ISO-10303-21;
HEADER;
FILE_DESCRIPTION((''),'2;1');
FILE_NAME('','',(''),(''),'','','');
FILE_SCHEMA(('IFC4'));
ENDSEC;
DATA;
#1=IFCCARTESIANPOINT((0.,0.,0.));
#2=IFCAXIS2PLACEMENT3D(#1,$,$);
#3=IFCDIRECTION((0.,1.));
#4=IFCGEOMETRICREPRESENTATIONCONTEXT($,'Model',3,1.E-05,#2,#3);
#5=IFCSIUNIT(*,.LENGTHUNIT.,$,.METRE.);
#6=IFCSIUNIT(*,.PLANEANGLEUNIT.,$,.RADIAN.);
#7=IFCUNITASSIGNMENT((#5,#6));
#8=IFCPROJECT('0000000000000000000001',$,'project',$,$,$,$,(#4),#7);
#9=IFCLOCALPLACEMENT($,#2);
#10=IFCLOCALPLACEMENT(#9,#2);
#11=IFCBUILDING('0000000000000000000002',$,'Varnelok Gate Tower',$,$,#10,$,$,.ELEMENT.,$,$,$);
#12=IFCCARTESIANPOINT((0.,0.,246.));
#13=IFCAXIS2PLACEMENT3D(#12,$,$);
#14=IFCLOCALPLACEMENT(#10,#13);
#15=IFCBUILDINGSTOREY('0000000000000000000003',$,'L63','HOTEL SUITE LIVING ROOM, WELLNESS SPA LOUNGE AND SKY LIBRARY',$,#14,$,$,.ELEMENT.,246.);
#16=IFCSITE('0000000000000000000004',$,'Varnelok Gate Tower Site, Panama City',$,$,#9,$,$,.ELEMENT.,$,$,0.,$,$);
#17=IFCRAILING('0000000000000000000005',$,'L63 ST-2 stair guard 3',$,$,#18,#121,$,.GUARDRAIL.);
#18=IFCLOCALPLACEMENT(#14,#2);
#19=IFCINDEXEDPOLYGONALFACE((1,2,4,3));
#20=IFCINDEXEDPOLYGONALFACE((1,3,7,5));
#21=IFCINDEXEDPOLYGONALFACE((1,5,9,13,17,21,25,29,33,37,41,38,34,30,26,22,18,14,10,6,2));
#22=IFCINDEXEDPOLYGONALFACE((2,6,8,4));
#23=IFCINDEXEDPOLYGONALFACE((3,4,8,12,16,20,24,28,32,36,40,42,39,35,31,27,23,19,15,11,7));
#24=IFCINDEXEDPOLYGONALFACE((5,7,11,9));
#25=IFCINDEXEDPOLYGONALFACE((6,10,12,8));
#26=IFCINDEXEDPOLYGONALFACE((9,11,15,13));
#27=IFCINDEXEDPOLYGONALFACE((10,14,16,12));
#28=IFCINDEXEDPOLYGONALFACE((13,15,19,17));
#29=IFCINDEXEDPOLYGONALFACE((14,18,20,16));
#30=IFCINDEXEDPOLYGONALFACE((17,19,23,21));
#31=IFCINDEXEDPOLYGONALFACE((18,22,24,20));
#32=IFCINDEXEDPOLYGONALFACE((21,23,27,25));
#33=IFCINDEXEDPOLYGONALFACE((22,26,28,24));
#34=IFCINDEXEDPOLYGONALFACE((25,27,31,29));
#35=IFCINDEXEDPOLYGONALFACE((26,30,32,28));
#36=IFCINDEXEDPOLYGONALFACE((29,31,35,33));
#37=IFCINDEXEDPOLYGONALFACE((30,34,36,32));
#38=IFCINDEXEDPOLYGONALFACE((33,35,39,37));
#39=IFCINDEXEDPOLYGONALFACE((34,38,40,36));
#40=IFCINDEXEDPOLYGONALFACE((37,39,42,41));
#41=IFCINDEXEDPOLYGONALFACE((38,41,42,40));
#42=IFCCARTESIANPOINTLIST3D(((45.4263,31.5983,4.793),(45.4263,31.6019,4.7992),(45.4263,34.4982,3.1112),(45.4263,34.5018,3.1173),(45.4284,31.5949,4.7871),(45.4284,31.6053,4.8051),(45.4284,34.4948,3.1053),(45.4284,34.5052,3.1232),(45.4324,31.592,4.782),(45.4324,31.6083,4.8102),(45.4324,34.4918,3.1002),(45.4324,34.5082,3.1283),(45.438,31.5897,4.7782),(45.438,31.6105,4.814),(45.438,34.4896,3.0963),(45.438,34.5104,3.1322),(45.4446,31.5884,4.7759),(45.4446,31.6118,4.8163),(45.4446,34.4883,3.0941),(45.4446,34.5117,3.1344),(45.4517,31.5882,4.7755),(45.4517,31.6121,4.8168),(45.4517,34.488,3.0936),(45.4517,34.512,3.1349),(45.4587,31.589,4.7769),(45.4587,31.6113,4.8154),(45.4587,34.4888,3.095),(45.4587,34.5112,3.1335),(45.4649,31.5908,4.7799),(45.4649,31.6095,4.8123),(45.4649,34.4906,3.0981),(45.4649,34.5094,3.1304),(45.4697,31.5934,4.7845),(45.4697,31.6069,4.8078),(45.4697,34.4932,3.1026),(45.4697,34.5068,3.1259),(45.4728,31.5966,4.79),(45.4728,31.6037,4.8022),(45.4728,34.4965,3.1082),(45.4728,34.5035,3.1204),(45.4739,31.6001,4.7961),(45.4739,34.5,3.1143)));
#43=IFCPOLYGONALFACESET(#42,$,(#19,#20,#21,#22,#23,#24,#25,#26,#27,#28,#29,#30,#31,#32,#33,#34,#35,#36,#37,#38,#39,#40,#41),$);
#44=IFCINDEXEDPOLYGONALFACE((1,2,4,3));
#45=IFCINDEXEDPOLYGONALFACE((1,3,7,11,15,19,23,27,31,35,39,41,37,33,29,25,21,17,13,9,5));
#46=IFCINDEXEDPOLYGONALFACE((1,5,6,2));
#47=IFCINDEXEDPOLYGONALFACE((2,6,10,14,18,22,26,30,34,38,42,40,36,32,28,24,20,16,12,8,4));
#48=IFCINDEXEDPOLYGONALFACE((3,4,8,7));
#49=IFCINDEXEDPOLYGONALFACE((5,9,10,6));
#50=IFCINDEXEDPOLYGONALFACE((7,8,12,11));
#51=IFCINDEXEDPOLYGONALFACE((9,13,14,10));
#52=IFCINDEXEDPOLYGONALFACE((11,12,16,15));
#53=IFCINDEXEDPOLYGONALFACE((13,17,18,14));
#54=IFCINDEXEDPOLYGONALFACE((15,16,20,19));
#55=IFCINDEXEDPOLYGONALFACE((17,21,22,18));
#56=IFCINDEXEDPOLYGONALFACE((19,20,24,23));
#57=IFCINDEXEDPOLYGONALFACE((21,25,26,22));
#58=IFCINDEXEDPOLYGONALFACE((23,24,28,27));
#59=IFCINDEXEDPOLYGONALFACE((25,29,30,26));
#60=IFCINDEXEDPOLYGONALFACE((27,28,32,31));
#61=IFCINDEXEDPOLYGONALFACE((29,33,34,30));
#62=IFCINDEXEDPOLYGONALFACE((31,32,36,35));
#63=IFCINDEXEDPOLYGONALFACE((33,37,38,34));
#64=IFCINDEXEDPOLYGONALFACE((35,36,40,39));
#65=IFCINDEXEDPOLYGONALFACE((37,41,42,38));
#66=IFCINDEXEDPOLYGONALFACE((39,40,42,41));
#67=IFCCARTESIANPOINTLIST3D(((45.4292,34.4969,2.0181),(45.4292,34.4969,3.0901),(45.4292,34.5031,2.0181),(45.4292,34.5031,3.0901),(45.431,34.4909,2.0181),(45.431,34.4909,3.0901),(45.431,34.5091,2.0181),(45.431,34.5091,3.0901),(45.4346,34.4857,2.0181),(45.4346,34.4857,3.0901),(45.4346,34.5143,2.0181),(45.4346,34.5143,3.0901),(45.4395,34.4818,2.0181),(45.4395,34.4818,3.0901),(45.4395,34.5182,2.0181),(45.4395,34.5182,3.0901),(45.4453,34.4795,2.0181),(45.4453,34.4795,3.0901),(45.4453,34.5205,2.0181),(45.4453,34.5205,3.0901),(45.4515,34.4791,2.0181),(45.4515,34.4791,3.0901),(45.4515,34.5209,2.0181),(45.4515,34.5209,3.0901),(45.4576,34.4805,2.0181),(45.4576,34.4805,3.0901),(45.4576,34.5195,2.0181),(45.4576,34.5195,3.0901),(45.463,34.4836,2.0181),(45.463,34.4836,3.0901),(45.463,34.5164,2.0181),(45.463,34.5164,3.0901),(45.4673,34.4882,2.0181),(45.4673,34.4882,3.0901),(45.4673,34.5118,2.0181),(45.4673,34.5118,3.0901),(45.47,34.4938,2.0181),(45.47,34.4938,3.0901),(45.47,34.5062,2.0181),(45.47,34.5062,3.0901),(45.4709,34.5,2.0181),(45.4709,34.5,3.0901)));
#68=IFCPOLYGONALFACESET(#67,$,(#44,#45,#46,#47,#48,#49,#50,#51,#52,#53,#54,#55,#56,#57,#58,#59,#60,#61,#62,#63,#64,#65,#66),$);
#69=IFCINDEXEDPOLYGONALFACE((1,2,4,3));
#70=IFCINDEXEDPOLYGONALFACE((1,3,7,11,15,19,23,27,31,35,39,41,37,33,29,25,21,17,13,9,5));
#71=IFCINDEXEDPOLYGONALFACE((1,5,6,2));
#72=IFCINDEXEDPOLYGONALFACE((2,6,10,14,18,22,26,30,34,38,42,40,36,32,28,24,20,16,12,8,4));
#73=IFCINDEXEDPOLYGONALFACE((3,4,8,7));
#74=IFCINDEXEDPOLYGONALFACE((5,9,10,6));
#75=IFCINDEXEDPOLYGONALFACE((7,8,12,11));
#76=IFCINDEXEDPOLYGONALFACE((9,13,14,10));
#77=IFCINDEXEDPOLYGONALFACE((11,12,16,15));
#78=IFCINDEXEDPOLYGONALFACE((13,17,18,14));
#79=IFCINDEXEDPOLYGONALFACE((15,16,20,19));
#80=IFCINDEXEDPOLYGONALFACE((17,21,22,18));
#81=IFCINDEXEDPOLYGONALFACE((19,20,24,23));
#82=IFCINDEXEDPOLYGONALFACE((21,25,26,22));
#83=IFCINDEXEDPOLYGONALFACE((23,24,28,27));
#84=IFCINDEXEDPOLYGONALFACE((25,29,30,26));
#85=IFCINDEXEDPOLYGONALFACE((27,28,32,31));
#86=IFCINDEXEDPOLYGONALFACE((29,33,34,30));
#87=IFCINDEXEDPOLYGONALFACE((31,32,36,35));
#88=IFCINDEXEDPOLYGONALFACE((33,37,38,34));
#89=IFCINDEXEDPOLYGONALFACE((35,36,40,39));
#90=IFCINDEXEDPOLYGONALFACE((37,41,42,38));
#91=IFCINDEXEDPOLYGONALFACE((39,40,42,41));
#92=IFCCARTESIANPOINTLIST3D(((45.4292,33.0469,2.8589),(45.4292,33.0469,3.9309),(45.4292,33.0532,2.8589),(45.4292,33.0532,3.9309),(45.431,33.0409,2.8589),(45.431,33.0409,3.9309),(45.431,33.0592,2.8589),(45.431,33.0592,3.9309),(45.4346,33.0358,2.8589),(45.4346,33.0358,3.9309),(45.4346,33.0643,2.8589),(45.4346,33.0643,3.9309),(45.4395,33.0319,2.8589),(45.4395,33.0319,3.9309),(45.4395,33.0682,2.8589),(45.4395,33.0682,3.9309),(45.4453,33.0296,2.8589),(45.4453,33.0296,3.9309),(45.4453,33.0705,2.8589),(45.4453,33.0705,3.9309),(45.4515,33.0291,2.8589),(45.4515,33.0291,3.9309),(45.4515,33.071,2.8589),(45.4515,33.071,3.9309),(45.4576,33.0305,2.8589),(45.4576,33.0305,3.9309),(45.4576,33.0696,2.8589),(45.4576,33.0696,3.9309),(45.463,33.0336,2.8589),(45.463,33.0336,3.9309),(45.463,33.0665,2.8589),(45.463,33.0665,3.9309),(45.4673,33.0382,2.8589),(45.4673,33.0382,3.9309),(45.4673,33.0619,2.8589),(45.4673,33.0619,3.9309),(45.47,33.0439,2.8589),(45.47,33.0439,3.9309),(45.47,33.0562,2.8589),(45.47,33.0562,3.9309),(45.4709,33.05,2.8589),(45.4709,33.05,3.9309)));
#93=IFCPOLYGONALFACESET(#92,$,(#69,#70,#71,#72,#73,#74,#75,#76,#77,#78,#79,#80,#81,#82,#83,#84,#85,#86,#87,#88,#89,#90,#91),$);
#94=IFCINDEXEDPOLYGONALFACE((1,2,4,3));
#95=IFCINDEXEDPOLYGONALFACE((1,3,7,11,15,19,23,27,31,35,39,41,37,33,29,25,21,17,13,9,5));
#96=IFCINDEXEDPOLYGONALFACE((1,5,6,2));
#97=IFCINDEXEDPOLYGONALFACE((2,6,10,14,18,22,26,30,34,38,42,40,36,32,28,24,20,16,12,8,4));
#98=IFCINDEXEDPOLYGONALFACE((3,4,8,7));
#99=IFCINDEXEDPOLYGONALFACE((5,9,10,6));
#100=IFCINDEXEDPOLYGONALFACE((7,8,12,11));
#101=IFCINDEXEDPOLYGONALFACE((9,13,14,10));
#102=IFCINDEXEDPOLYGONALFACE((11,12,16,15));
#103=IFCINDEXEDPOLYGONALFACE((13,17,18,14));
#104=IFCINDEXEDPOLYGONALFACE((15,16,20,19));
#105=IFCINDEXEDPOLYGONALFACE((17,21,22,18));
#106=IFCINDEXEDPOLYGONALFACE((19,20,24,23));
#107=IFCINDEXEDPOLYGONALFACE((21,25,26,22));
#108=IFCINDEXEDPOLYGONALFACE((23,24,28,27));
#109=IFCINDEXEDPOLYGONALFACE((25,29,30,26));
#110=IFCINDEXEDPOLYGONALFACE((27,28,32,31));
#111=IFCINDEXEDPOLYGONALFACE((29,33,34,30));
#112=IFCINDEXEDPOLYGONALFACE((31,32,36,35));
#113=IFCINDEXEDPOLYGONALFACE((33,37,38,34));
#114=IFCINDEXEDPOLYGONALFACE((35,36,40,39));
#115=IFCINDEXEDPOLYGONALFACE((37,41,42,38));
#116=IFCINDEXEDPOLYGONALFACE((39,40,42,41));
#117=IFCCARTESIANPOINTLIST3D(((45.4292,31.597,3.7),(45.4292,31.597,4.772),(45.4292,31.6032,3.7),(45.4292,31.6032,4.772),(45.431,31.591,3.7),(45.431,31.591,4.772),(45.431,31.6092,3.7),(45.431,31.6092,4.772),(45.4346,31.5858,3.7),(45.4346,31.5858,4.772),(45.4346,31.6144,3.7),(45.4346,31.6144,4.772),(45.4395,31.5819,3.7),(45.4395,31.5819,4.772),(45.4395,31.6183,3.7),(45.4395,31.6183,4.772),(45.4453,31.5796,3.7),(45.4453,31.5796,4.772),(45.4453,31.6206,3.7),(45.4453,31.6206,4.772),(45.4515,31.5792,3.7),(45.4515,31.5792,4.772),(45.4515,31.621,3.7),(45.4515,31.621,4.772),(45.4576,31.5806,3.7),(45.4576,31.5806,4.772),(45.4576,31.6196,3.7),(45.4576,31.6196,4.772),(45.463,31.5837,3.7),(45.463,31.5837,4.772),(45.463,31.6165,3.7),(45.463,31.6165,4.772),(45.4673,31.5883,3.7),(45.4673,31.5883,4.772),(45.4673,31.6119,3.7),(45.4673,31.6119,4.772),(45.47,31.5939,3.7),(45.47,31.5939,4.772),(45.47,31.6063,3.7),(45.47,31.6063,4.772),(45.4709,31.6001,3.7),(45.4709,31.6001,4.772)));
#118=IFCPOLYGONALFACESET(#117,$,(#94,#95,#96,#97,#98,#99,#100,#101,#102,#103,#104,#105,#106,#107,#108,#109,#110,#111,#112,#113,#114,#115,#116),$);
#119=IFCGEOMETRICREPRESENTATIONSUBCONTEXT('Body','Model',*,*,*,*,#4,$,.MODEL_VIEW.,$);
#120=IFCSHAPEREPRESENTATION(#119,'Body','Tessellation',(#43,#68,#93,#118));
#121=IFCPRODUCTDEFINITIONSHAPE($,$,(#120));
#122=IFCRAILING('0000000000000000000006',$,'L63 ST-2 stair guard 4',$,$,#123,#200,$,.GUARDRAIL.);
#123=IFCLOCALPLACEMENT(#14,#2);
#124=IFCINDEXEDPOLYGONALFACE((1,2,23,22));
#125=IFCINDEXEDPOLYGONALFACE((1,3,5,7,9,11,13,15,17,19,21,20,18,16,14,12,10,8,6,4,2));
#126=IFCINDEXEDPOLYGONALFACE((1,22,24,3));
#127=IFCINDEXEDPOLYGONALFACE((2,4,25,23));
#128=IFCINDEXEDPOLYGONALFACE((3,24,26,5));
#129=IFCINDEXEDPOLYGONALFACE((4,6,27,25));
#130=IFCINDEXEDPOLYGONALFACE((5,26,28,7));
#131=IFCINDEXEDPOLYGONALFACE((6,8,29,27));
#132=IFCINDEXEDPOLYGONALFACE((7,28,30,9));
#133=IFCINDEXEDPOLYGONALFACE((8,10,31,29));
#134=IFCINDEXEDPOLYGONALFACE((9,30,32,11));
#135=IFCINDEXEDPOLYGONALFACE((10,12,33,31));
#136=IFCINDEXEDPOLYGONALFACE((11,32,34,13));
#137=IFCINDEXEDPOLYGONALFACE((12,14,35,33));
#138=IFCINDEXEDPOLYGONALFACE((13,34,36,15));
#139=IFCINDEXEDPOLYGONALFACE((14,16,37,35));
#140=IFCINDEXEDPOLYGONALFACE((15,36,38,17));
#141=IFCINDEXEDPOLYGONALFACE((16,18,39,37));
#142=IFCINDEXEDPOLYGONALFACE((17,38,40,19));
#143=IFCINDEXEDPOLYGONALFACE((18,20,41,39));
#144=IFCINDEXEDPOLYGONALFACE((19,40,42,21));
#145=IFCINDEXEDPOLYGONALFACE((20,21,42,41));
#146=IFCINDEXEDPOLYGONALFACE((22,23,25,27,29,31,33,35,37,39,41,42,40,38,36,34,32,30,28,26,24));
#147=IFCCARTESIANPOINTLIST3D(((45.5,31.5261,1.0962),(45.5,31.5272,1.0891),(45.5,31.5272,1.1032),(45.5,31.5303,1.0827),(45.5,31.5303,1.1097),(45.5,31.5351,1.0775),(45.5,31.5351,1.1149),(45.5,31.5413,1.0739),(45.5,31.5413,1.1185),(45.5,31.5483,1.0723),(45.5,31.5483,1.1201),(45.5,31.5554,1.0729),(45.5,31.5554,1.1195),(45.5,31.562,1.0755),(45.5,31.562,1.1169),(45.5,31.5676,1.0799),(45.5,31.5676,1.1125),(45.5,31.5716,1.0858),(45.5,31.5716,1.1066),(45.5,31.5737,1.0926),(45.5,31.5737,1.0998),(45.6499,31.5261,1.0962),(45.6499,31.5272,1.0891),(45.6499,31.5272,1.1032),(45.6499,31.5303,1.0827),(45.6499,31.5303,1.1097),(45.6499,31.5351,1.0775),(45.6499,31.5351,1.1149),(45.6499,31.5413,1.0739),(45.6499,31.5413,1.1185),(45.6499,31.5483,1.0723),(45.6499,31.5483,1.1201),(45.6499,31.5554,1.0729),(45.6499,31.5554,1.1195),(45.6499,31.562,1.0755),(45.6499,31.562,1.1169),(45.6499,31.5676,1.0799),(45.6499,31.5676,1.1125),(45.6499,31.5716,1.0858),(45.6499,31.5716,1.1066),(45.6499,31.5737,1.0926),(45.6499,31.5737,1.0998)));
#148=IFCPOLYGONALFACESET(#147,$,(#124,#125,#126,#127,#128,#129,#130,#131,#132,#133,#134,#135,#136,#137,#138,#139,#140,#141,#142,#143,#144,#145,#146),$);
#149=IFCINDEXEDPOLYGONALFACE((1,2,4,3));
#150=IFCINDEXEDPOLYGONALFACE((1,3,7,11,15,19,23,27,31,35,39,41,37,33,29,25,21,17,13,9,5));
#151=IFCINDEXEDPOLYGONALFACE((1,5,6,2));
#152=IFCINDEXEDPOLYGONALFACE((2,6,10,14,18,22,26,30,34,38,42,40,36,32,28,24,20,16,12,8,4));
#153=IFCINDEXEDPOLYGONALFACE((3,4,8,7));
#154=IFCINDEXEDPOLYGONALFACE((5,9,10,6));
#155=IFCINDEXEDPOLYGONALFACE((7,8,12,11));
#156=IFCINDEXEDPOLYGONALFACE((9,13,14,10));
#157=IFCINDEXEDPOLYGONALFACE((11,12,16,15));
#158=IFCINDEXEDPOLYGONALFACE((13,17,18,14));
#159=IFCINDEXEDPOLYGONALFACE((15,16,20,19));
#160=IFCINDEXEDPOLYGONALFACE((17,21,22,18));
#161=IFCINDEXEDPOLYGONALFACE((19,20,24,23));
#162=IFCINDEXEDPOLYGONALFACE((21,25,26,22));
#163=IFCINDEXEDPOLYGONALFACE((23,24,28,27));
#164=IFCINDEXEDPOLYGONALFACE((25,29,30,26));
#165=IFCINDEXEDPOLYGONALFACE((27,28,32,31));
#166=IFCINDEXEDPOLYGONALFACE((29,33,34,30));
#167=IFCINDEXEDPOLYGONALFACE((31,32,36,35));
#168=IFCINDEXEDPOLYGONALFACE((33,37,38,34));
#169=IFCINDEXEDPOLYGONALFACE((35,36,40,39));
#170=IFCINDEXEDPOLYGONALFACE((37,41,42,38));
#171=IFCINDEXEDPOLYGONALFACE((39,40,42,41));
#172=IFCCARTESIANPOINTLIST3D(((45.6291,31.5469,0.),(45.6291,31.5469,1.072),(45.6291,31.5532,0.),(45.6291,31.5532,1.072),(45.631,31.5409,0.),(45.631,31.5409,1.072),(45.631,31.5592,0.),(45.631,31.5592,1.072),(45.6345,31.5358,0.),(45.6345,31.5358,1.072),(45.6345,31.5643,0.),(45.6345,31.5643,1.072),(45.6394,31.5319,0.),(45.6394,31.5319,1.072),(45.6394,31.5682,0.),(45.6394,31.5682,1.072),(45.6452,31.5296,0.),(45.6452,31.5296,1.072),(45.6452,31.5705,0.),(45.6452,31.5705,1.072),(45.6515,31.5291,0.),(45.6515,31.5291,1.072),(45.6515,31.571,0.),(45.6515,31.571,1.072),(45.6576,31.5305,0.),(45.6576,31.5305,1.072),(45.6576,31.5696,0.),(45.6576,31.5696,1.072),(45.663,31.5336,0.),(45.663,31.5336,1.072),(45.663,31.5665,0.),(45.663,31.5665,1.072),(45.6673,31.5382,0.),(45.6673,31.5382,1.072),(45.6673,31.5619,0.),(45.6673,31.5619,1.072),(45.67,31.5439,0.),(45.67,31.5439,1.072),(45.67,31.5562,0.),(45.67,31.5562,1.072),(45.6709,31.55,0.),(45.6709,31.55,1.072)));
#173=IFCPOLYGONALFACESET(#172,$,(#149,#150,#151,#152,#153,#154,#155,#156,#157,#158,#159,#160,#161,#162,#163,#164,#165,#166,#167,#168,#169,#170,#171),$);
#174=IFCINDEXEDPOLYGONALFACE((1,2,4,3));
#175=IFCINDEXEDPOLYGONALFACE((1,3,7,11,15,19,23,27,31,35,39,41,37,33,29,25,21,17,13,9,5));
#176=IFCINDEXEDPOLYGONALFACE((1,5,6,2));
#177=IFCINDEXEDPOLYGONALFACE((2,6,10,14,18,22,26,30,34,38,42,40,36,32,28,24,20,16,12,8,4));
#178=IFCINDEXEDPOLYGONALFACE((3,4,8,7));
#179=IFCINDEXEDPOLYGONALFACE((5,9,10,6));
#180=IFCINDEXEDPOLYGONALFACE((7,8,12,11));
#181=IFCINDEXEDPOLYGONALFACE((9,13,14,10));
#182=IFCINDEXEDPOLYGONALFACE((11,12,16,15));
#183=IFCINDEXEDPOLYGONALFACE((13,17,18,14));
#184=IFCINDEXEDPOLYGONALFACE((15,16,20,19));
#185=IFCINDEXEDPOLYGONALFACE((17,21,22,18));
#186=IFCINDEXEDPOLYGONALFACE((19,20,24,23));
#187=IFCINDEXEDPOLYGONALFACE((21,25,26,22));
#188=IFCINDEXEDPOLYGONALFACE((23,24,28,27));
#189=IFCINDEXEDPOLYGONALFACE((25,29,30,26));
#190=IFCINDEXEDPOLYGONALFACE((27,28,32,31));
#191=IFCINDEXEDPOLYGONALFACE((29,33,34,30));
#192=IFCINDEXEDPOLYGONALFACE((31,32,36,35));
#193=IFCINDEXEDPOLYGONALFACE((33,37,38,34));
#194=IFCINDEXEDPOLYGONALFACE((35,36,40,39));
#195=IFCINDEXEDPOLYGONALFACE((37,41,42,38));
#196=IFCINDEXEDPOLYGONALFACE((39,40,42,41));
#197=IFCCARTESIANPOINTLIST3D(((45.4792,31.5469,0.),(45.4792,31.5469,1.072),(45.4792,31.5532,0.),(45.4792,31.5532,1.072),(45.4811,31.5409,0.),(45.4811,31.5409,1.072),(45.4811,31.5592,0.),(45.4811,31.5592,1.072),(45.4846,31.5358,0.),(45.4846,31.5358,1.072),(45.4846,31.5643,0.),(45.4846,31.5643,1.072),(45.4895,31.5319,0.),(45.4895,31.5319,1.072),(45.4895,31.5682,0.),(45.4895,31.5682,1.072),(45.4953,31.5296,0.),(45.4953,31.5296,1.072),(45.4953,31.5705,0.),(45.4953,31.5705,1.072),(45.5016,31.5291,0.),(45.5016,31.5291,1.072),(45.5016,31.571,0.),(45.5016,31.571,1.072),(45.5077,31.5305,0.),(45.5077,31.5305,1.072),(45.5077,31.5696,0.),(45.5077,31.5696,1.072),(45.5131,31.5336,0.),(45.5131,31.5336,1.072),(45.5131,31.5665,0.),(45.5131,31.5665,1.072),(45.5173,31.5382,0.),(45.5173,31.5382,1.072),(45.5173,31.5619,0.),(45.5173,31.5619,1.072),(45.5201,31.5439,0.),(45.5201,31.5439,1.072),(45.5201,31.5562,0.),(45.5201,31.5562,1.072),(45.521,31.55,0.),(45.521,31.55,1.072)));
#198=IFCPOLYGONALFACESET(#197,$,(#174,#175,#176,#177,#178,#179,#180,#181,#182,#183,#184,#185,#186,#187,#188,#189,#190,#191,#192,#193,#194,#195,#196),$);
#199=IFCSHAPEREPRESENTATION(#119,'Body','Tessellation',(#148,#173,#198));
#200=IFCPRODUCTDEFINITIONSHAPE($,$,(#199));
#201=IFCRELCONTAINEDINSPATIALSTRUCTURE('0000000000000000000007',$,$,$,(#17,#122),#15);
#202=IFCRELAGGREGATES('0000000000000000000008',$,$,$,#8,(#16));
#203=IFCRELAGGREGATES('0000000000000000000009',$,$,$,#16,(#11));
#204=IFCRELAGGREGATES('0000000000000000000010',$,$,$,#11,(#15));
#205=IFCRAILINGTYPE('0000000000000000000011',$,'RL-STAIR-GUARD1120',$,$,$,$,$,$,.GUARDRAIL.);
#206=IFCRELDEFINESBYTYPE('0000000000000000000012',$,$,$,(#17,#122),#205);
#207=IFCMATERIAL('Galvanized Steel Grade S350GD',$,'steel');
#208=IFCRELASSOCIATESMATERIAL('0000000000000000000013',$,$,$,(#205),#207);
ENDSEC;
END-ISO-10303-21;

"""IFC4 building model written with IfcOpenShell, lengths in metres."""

from ifc_helpers import new_model, si_unit, direction, frame, origin, origin_2d, place, context, subcontext, project, spatial, circle, extrude, material, type_object, element, save


model = new_model("IFC4")

# Units and contexts
model_context = context("Model", 3, precision=1e-05, world=origin(), true_north=direction((0.0, 1.0)))
body_context = subcontext(model_context, "Body", "Model", "MODEL_VIEW")
ifc_project = project(units=[si_unit("LENGTHUNIT", "METRE"), si_unit("PLANEANGLEUNIT", "RADIAN")], contexts=[model_context])

# Site, building, storey
site_placement = place(None, origin())
site = spatial("IfcSite", under=ifc_project, at=site_placement, Name="Varnelok Gate Tower Site, Panama City", CompositionType="ELEMENT", RefElevation=0.0)
building_placement = place(site_placement, origin())
building = spatial("IfcBuilding", under=site, at=building_placement, Name="Varnelok Gate Tower", CompositionType="ELEMENT")
storey_placement = place(building_placement, frame((0.0, 0.0, 246.0)))
storey = spatial("IfcBuildingStorey", under=building, at=storey_placement, Name="L63", Description="HOTEL SUITE LIVING ROOM, WELLNESS SPA LOUNGE AND SKY LIBRARY", CompositionType="ELEMENT", Elevation=246.0)

# Shared definitions
ifc_material_1 = material(Name="Galvanized Steel Grade S350GD", Category="steel")

# Railings
railing_type_1 = type_object("IfcRailingType", Name="RL-STAIR-GUARD1120", PredefinedType="GUARDRAIL", material=ifc_material_1)
railing_1_placement = place(storey_placement, frame((45.45, 34.5, 2.0181)))
element("IfcRailing", 1, at=railing_1_placement, inside=storey, type_object=railing_type_1, Name="L63 ST-2 stair guard 3", PredefinedType="GUARDRAIL", context=body_context, shape_type="SweptSolid", body=[
    extrude(circle(Radius=0.0239, at=origin_2d()), frame((0.0, 0.0, 1.0962), z_axis=(0.0, -0.865039, 0.501705), x_axis=(1.0, 0.0, 0.0)), (0.0, 0.0, 1.0), 3.3523),
    extrude(circle(Radius=0.021, at=origin_2d()), origin(), (0.0, 0.0, 1.0), 1.072),
    extrude(circle(Radius=0.021, at=origin_2d()), frame((0.0, -1.45, 0.8408)), (0.0, 0.0, 1.0), 1.072),
    extrude(circle(Radius=0.021, at=origin_2d()), frame((0.0, -2.8999, 1.6819)), (0.0, 0.0, 1.0), 1.072),
])
railing_2_placement = place(storey_placement, frame((45.6499, 31.55, 0.0)))
element("IfcRailing", 2, at=railing_2_placement, inside=storey, type_object=railing_type_1, Name="L63 ST-2 stair guard 4", PredefinedType="GUARDRAIL", context=body_context, shape_type="SweptSolid", body=[
    extrude(circle(Radius=0.0239, at=origin_2d()), frame((0.0, 0.0, 1.0962), z_axis=(-1.0, 0.0, 0.0), x_axis=(0.0, -1.0, 0.0)), (0.0, 0.0, 1.0), 0.1499),
    extrude(circle(Radius=0.021, at=origin_2d()), origin(), (0.0, 0.0, 1.0), 1.072),
    extrude(circle(Radius=0.021, at=origin_2d()), frame((-0.1499, 0.0, 0.0)), (0.0, 0.0, 1.0), 1.072),
])

save(model, "model.ifc")
